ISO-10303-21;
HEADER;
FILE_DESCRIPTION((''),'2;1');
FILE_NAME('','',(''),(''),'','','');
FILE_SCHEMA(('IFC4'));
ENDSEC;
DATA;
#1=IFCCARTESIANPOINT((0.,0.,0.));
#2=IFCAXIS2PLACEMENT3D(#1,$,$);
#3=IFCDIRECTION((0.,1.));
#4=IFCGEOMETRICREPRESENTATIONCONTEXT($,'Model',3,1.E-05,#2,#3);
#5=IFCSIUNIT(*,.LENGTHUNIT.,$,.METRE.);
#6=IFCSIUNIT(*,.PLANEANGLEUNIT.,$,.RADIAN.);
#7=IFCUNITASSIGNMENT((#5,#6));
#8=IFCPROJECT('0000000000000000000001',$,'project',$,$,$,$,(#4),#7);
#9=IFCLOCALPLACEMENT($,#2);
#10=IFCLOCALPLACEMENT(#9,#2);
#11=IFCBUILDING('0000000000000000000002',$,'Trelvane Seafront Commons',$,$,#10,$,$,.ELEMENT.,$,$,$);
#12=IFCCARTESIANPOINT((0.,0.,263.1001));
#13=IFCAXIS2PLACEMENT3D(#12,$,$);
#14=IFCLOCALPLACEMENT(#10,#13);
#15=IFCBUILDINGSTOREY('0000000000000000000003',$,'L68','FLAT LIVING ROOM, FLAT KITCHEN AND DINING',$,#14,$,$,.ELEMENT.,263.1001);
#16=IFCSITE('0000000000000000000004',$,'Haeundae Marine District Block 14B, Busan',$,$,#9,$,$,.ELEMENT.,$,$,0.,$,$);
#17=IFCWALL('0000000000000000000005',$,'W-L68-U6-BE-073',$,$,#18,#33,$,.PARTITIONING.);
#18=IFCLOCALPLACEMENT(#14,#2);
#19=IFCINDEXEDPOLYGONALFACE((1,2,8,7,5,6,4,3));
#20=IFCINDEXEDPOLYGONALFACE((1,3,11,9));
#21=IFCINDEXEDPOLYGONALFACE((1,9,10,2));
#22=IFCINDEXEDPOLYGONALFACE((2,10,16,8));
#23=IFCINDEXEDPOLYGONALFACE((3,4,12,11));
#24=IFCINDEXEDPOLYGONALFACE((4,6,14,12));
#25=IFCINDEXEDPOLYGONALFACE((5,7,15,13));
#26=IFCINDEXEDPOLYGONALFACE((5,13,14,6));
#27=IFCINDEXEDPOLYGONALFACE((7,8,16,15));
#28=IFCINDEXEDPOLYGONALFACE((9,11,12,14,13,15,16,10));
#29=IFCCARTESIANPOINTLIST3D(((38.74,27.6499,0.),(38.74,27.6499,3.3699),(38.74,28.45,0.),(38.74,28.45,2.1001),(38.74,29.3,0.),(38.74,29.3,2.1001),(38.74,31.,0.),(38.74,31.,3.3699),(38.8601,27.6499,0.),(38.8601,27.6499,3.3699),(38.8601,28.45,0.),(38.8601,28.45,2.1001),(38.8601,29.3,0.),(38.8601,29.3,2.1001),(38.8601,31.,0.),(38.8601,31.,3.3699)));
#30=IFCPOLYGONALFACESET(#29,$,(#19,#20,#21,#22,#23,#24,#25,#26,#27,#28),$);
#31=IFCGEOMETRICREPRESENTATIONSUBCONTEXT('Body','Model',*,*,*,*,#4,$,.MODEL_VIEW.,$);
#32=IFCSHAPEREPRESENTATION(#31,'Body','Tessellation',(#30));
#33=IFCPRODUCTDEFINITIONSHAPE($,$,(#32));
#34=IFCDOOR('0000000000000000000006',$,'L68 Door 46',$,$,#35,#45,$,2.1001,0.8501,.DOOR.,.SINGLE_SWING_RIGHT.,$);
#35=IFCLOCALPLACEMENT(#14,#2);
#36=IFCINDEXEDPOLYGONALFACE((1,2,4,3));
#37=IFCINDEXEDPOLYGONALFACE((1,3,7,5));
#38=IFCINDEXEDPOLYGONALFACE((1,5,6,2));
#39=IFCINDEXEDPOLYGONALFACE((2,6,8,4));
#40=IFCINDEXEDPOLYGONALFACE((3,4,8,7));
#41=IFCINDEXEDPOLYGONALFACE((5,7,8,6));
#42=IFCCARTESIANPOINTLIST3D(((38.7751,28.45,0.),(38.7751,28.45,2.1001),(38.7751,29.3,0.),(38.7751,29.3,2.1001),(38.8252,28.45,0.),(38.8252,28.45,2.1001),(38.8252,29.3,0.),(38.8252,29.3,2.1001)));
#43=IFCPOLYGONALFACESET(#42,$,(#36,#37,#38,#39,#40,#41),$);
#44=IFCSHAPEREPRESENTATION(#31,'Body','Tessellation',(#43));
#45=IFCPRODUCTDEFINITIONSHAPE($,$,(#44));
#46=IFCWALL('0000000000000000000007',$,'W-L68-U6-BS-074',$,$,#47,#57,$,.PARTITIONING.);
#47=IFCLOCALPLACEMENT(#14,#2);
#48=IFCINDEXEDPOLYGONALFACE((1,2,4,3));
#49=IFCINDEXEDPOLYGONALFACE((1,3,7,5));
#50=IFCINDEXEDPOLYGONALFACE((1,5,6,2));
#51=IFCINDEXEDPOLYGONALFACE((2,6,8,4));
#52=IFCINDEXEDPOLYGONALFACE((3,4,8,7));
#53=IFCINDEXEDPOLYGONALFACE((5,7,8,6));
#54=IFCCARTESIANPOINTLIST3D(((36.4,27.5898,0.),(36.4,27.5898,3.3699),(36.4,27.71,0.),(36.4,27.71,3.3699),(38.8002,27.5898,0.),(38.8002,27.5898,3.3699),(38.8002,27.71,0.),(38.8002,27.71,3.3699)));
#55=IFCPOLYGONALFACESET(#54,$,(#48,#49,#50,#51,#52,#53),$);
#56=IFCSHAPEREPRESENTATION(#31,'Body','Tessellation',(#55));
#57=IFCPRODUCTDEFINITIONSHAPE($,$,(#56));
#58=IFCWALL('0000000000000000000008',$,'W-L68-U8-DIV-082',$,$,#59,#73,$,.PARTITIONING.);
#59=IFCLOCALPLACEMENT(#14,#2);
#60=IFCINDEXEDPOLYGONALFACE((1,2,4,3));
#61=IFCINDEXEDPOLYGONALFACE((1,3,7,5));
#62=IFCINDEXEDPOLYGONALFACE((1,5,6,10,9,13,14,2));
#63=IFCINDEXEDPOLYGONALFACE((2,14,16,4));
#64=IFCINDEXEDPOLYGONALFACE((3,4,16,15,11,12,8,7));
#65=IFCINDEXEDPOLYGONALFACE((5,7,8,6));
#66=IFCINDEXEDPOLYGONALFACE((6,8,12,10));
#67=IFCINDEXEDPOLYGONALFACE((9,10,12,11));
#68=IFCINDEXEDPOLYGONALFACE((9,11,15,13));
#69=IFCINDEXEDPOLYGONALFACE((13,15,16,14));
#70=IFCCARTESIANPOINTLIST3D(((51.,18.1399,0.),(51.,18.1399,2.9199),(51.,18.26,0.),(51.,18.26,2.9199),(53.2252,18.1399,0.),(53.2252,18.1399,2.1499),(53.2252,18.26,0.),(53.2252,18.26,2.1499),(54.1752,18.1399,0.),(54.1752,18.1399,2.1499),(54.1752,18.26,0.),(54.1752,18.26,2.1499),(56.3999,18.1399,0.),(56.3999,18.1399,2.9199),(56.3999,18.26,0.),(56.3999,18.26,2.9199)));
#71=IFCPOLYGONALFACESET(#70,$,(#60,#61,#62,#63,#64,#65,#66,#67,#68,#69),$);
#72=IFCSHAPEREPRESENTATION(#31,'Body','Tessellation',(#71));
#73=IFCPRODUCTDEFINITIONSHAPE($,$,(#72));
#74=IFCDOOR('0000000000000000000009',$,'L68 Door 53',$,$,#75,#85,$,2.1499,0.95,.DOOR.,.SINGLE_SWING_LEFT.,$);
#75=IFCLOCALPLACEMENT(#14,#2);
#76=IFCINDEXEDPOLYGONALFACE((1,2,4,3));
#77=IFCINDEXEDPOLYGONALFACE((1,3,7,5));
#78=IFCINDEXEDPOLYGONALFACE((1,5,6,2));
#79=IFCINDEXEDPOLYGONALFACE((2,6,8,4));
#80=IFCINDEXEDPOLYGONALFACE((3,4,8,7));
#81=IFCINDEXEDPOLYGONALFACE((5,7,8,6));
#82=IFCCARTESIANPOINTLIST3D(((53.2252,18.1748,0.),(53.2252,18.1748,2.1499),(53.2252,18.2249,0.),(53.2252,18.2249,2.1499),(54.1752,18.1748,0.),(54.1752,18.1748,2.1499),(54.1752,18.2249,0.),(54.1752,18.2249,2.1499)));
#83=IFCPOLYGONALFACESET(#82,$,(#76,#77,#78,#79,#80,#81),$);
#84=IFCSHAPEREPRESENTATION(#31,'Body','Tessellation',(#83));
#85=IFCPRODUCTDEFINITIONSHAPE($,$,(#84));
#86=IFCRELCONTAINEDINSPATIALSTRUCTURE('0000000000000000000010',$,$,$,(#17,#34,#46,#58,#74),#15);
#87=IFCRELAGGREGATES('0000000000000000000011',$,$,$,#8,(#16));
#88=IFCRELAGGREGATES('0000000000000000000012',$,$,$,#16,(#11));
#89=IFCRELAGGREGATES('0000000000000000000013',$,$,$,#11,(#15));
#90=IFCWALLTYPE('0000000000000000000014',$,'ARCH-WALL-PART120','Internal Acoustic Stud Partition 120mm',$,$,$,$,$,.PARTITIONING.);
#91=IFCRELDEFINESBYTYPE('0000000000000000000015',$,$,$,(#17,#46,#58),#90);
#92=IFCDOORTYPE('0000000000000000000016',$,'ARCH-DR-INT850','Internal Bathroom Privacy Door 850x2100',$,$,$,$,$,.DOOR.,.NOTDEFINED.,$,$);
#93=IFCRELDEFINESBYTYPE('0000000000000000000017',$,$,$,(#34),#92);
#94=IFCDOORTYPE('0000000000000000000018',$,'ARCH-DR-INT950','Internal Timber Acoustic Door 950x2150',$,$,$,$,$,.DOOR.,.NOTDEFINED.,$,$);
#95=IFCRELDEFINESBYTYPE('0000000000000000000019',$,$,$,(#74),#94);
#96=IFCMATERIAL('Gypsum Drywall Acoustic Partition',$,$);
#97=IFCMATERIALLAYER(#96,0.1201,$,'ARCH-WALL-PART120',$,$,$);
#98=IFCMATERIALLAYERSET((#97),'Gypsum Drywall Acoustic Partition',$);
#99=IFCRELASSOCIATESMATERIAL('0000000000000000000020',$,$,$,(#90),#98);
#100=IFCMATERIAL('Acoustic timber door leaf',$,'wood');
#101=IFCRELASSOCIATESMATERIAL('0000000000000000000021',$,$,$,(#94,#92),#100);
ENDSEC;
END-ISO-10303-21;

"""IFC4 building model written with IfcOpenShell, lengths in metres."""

from ifc_helpers import new_model, si_unit, direction, frame, frame_2d, origin, place, context, subcontext, project, spatial, rectangle, extrude, source, transform, mapped, material, layer, layer_set, type_object, element, fill, save


model = new_model("IFC4")

# Units and contexts
model_context = context("Model", 3, precision=1e-05, world=origin(), true_north=direction((0.0, 1.0)))
body_context = subcontext(model_context, "Body", "Model", "MODEL_VIEW")
ifc_project = project(units=[si_unit("LENGTHUNIT", "METRE"), si_unit("PLANEANGLEUNIT", "RADIAN")], contexts=[model_context])

# Site, building, storey
site_placement = place(None, origin())
site = spatial("IfcSite", under=ifc_project, at=site_placement, Name="Haeundae Marine District Block 14B, Busan", CompositionType="ELEMENT", RefElevation=0.0)
building_placement = place(site_placement, origin())
building = spatial("IfcBuilding", under=site, at=building_placement, Name="Trelvane Seafront Commons", CompositionType="ELEMENT")
storey_placement = place(building_placement, frame((0.0, 0.0, 263.1001)))
storey = spatial("IfcBuildingStorey", under=building, at=storey_placement, Name="L68", Description="FLAT LIVING ROOM, FLAT KITCHEN AND DINING", CompositionType="ELEMENT", Elevation=263.1001)

# Wall, opening, door
ifc_material_1 = material(Name="Gypsum Drywall Acoustic Partition")
ifc_layer = layer(ifc_material_1, 0.1201, Name="ARCH-WALL-PART120")
ifc_layer_set = layer_set([ifc_layer], Name="Gypsum Drywall Acoustic Partition")
wall_type = type_object("IfcWallType", Name="ARCH-WALL-PART120", Description="Internal Acoustic Stud Partition 120mm", PredefinedType="PARTITIONING", material=ifc_layer_set)
ifc_material_2 = material(Name="Acoustic timber door leaf", Category="wood")
door_type_1 = type_object("IfcDoorType", Name="ARCH-DR-INT950", Description="Internal Timber Acoustic Door 950x2150", OperationType="NOTDEFINED", PredefinedType="DOOR", material=ifc_material_2)
shared_shape_1 = source(origin(), body_context, "Body", "SweptSolid", [
    extrude(rectangle(XDim=0.95, YDim=2.1499, at=frame_2d((0.4751, 1.075))), frame((0.0, 0.0249, 0.0), z_axis=(0.0, -1.0, 0.0), x_axis=(1.0, 0.0, 0.0)), (0.0, 0.0, 1.0), 0.05),
])
wall_1_placement = place(storey_placement, frame((38.8, 27.6499, 0.0), z_axis=(0.0, 0.0, 1.0), x_axis=(0.0, 1.0, 0.0)))
wall_1 = element("IfcWall", 1, at=wall_1_placement, inside=storey, type_object=wall_type, Name="W-L68-U6-BE-073", PredefinedType="PARTITIONING", context=body_context, shape_type="SweptSolid", body=[
    extrude(rectangle(XDim=3.3501, YDim=0.1201, at=frame_2d((1.675, 0.0))), origin(), (0.0, 0.0, 1.0), 3.3699),
])
opening_1_placement = place(wall_1_placement, frame((0.8, 0.0, 0.0)))
opening_1 = element("IfcOpeningElement", 2, at=opening_1_placement, cuts=wall_1, PredefinedType="OPENING", context=body_context, shape_type="SweptSolid", body=[
    extrude(rectangle(XDim=0.8501, YDim=2.1001, at=frame_2d((0.425, 1.05))), frame((0.0, 0.0701, 0.0), z_axis=(0.0, -1.0, 0.0), x_axis=(1.0, 0.0, 0.0)), (0.0, 0.0, 1.0), 0.1401),
])
door_type_2 = type_object("IfcDoorType", Name="ARCH-DR-INT850", Description="Internal Bathroom Privacy Door 850x2100", OperationType="NOTDEFINED", PredefinedType="DOOR", material=ifc_material_2)
shared_shape_2 = source(origin(), body_context, "Body", "SweptSolid", [
    extrude(rectangle(XDim=0.8501, YDim=2.1001, at=frame_2d((0.425, 1.05))), frame((0.0, 0.0249, 0.0), z_axis=(0.0, -1.0, 0.0), x_axis=(1.0, 0.0, 0.0)), (0.0, 0.0, 1.0), 0.05),
])
door_1_placement = place(opening_1_placement, origin())
door_1 = element("IfcDoor", 3, at=door_1_placement, inside=storey, type_object=door_type_2, Name="L68 Door 46", OperationType="SINGLE_SWING_RIGHT", OverallHeight=2.1001, OverallWidth=0.8501, PredefinedType="DOOR", context=body_context, shape_type="MappedRepresentation", body=[
    mapped(shared_shape_2, transform((0.0, 0.0, 0.0), x_axis=(1.0, 0.0, 0.0), y_axis=(0.0, 1.0, 0.0), z_axis=(0.0, 0.0, 1.0), scale=1.0)),
])
fill(opening_1, door_1)

# Wall
wall_2_placement = place(storey_placement, frame((36.3999, 27.6499, 0.0), z_axis=(0.0, 0.0, 1.0), x_axis=(1.0, 0.0, 0.0)))
element("IfcWall", 4, at=wall_2_placement, inside=storey, type_object=wall_type, Name="W-L68-U6-BS-074", PredefinedType="PARTITIONING", context=body_context, shape_type="SweptSolid", body=[
    extrude(rectangle(XDim=2.4001, YDim=0.1201, at=frame_2d((1.2002, 0.0))), origin(), (0.0, 0.0, 1.0), 3.3699),
])

# Wall, opening, door
wall_3_placement = place(storey_placement, frame((51.0, 18.2, 0.0), z_axis=(0.0, 0.0, 1.0), x_axis=(1.0, 0.0, 0.0)))
wall_3 = element("IfcWall", 5, at=wall_3_placement, inside=storey, type_object=wall_type, Name="W-L68-U8-DIV-082", PredefinedType="PARTITIONING", context=body_context, shape_type="SweptSolid", body=[
    extrude(rectangle(XDim=5.3999, YDim=0.1201, at=frame_2d((2.7, 0.0))), origin(), (0.0, 0.0, 1.0), 2.9199),
])
opening_2_placement = place(wall_3_placement, frame((2.2251, 0.0, 0.0)))
opening_2 = element("IfcOpeningElement", 6, at=opening_2_placement, cuts=wall_3, PredefinedType="OPENING", context=body_context, shape_type="SweptSolid", body=[
    extrude(rectangle(XDim=0.95, YDim=2.1499, at=frame_2d((0.4751, 1.075))), frame((0.0, 0.0701, 0.0), z_axis=(0.0, -1.0, 0.0), x_axis=(1.0, 0.0, 0.0)), (0.0, 0.0, 1.0), 0.1401),
])
door_2_placement = place(opening_2_placement, origin())
door_2 = element("IfcDoor", 7, at=door_2_placement, inside=storey, type_object=door_type_1, Name="L68 Door 53", OperationType="SINGLE_SWING_LEFT", OverallHeight=2.1499, OverallWidth=0.95, PredefinedType="DOOR", context=body_context, shape_type="MappedRepresentation", body=[
    mapped(shared_shape_1, transform((0.0, 0.0, 0.0), x_axis=(1.0, 0.0, 0.0), y_axis=(0.0, 1.0, 0.0), z_axis=(0.0, 0.0, 1.0), scale=1.0)),
])
fill(opening_2, door_2)

save(model, "model.ifc")
